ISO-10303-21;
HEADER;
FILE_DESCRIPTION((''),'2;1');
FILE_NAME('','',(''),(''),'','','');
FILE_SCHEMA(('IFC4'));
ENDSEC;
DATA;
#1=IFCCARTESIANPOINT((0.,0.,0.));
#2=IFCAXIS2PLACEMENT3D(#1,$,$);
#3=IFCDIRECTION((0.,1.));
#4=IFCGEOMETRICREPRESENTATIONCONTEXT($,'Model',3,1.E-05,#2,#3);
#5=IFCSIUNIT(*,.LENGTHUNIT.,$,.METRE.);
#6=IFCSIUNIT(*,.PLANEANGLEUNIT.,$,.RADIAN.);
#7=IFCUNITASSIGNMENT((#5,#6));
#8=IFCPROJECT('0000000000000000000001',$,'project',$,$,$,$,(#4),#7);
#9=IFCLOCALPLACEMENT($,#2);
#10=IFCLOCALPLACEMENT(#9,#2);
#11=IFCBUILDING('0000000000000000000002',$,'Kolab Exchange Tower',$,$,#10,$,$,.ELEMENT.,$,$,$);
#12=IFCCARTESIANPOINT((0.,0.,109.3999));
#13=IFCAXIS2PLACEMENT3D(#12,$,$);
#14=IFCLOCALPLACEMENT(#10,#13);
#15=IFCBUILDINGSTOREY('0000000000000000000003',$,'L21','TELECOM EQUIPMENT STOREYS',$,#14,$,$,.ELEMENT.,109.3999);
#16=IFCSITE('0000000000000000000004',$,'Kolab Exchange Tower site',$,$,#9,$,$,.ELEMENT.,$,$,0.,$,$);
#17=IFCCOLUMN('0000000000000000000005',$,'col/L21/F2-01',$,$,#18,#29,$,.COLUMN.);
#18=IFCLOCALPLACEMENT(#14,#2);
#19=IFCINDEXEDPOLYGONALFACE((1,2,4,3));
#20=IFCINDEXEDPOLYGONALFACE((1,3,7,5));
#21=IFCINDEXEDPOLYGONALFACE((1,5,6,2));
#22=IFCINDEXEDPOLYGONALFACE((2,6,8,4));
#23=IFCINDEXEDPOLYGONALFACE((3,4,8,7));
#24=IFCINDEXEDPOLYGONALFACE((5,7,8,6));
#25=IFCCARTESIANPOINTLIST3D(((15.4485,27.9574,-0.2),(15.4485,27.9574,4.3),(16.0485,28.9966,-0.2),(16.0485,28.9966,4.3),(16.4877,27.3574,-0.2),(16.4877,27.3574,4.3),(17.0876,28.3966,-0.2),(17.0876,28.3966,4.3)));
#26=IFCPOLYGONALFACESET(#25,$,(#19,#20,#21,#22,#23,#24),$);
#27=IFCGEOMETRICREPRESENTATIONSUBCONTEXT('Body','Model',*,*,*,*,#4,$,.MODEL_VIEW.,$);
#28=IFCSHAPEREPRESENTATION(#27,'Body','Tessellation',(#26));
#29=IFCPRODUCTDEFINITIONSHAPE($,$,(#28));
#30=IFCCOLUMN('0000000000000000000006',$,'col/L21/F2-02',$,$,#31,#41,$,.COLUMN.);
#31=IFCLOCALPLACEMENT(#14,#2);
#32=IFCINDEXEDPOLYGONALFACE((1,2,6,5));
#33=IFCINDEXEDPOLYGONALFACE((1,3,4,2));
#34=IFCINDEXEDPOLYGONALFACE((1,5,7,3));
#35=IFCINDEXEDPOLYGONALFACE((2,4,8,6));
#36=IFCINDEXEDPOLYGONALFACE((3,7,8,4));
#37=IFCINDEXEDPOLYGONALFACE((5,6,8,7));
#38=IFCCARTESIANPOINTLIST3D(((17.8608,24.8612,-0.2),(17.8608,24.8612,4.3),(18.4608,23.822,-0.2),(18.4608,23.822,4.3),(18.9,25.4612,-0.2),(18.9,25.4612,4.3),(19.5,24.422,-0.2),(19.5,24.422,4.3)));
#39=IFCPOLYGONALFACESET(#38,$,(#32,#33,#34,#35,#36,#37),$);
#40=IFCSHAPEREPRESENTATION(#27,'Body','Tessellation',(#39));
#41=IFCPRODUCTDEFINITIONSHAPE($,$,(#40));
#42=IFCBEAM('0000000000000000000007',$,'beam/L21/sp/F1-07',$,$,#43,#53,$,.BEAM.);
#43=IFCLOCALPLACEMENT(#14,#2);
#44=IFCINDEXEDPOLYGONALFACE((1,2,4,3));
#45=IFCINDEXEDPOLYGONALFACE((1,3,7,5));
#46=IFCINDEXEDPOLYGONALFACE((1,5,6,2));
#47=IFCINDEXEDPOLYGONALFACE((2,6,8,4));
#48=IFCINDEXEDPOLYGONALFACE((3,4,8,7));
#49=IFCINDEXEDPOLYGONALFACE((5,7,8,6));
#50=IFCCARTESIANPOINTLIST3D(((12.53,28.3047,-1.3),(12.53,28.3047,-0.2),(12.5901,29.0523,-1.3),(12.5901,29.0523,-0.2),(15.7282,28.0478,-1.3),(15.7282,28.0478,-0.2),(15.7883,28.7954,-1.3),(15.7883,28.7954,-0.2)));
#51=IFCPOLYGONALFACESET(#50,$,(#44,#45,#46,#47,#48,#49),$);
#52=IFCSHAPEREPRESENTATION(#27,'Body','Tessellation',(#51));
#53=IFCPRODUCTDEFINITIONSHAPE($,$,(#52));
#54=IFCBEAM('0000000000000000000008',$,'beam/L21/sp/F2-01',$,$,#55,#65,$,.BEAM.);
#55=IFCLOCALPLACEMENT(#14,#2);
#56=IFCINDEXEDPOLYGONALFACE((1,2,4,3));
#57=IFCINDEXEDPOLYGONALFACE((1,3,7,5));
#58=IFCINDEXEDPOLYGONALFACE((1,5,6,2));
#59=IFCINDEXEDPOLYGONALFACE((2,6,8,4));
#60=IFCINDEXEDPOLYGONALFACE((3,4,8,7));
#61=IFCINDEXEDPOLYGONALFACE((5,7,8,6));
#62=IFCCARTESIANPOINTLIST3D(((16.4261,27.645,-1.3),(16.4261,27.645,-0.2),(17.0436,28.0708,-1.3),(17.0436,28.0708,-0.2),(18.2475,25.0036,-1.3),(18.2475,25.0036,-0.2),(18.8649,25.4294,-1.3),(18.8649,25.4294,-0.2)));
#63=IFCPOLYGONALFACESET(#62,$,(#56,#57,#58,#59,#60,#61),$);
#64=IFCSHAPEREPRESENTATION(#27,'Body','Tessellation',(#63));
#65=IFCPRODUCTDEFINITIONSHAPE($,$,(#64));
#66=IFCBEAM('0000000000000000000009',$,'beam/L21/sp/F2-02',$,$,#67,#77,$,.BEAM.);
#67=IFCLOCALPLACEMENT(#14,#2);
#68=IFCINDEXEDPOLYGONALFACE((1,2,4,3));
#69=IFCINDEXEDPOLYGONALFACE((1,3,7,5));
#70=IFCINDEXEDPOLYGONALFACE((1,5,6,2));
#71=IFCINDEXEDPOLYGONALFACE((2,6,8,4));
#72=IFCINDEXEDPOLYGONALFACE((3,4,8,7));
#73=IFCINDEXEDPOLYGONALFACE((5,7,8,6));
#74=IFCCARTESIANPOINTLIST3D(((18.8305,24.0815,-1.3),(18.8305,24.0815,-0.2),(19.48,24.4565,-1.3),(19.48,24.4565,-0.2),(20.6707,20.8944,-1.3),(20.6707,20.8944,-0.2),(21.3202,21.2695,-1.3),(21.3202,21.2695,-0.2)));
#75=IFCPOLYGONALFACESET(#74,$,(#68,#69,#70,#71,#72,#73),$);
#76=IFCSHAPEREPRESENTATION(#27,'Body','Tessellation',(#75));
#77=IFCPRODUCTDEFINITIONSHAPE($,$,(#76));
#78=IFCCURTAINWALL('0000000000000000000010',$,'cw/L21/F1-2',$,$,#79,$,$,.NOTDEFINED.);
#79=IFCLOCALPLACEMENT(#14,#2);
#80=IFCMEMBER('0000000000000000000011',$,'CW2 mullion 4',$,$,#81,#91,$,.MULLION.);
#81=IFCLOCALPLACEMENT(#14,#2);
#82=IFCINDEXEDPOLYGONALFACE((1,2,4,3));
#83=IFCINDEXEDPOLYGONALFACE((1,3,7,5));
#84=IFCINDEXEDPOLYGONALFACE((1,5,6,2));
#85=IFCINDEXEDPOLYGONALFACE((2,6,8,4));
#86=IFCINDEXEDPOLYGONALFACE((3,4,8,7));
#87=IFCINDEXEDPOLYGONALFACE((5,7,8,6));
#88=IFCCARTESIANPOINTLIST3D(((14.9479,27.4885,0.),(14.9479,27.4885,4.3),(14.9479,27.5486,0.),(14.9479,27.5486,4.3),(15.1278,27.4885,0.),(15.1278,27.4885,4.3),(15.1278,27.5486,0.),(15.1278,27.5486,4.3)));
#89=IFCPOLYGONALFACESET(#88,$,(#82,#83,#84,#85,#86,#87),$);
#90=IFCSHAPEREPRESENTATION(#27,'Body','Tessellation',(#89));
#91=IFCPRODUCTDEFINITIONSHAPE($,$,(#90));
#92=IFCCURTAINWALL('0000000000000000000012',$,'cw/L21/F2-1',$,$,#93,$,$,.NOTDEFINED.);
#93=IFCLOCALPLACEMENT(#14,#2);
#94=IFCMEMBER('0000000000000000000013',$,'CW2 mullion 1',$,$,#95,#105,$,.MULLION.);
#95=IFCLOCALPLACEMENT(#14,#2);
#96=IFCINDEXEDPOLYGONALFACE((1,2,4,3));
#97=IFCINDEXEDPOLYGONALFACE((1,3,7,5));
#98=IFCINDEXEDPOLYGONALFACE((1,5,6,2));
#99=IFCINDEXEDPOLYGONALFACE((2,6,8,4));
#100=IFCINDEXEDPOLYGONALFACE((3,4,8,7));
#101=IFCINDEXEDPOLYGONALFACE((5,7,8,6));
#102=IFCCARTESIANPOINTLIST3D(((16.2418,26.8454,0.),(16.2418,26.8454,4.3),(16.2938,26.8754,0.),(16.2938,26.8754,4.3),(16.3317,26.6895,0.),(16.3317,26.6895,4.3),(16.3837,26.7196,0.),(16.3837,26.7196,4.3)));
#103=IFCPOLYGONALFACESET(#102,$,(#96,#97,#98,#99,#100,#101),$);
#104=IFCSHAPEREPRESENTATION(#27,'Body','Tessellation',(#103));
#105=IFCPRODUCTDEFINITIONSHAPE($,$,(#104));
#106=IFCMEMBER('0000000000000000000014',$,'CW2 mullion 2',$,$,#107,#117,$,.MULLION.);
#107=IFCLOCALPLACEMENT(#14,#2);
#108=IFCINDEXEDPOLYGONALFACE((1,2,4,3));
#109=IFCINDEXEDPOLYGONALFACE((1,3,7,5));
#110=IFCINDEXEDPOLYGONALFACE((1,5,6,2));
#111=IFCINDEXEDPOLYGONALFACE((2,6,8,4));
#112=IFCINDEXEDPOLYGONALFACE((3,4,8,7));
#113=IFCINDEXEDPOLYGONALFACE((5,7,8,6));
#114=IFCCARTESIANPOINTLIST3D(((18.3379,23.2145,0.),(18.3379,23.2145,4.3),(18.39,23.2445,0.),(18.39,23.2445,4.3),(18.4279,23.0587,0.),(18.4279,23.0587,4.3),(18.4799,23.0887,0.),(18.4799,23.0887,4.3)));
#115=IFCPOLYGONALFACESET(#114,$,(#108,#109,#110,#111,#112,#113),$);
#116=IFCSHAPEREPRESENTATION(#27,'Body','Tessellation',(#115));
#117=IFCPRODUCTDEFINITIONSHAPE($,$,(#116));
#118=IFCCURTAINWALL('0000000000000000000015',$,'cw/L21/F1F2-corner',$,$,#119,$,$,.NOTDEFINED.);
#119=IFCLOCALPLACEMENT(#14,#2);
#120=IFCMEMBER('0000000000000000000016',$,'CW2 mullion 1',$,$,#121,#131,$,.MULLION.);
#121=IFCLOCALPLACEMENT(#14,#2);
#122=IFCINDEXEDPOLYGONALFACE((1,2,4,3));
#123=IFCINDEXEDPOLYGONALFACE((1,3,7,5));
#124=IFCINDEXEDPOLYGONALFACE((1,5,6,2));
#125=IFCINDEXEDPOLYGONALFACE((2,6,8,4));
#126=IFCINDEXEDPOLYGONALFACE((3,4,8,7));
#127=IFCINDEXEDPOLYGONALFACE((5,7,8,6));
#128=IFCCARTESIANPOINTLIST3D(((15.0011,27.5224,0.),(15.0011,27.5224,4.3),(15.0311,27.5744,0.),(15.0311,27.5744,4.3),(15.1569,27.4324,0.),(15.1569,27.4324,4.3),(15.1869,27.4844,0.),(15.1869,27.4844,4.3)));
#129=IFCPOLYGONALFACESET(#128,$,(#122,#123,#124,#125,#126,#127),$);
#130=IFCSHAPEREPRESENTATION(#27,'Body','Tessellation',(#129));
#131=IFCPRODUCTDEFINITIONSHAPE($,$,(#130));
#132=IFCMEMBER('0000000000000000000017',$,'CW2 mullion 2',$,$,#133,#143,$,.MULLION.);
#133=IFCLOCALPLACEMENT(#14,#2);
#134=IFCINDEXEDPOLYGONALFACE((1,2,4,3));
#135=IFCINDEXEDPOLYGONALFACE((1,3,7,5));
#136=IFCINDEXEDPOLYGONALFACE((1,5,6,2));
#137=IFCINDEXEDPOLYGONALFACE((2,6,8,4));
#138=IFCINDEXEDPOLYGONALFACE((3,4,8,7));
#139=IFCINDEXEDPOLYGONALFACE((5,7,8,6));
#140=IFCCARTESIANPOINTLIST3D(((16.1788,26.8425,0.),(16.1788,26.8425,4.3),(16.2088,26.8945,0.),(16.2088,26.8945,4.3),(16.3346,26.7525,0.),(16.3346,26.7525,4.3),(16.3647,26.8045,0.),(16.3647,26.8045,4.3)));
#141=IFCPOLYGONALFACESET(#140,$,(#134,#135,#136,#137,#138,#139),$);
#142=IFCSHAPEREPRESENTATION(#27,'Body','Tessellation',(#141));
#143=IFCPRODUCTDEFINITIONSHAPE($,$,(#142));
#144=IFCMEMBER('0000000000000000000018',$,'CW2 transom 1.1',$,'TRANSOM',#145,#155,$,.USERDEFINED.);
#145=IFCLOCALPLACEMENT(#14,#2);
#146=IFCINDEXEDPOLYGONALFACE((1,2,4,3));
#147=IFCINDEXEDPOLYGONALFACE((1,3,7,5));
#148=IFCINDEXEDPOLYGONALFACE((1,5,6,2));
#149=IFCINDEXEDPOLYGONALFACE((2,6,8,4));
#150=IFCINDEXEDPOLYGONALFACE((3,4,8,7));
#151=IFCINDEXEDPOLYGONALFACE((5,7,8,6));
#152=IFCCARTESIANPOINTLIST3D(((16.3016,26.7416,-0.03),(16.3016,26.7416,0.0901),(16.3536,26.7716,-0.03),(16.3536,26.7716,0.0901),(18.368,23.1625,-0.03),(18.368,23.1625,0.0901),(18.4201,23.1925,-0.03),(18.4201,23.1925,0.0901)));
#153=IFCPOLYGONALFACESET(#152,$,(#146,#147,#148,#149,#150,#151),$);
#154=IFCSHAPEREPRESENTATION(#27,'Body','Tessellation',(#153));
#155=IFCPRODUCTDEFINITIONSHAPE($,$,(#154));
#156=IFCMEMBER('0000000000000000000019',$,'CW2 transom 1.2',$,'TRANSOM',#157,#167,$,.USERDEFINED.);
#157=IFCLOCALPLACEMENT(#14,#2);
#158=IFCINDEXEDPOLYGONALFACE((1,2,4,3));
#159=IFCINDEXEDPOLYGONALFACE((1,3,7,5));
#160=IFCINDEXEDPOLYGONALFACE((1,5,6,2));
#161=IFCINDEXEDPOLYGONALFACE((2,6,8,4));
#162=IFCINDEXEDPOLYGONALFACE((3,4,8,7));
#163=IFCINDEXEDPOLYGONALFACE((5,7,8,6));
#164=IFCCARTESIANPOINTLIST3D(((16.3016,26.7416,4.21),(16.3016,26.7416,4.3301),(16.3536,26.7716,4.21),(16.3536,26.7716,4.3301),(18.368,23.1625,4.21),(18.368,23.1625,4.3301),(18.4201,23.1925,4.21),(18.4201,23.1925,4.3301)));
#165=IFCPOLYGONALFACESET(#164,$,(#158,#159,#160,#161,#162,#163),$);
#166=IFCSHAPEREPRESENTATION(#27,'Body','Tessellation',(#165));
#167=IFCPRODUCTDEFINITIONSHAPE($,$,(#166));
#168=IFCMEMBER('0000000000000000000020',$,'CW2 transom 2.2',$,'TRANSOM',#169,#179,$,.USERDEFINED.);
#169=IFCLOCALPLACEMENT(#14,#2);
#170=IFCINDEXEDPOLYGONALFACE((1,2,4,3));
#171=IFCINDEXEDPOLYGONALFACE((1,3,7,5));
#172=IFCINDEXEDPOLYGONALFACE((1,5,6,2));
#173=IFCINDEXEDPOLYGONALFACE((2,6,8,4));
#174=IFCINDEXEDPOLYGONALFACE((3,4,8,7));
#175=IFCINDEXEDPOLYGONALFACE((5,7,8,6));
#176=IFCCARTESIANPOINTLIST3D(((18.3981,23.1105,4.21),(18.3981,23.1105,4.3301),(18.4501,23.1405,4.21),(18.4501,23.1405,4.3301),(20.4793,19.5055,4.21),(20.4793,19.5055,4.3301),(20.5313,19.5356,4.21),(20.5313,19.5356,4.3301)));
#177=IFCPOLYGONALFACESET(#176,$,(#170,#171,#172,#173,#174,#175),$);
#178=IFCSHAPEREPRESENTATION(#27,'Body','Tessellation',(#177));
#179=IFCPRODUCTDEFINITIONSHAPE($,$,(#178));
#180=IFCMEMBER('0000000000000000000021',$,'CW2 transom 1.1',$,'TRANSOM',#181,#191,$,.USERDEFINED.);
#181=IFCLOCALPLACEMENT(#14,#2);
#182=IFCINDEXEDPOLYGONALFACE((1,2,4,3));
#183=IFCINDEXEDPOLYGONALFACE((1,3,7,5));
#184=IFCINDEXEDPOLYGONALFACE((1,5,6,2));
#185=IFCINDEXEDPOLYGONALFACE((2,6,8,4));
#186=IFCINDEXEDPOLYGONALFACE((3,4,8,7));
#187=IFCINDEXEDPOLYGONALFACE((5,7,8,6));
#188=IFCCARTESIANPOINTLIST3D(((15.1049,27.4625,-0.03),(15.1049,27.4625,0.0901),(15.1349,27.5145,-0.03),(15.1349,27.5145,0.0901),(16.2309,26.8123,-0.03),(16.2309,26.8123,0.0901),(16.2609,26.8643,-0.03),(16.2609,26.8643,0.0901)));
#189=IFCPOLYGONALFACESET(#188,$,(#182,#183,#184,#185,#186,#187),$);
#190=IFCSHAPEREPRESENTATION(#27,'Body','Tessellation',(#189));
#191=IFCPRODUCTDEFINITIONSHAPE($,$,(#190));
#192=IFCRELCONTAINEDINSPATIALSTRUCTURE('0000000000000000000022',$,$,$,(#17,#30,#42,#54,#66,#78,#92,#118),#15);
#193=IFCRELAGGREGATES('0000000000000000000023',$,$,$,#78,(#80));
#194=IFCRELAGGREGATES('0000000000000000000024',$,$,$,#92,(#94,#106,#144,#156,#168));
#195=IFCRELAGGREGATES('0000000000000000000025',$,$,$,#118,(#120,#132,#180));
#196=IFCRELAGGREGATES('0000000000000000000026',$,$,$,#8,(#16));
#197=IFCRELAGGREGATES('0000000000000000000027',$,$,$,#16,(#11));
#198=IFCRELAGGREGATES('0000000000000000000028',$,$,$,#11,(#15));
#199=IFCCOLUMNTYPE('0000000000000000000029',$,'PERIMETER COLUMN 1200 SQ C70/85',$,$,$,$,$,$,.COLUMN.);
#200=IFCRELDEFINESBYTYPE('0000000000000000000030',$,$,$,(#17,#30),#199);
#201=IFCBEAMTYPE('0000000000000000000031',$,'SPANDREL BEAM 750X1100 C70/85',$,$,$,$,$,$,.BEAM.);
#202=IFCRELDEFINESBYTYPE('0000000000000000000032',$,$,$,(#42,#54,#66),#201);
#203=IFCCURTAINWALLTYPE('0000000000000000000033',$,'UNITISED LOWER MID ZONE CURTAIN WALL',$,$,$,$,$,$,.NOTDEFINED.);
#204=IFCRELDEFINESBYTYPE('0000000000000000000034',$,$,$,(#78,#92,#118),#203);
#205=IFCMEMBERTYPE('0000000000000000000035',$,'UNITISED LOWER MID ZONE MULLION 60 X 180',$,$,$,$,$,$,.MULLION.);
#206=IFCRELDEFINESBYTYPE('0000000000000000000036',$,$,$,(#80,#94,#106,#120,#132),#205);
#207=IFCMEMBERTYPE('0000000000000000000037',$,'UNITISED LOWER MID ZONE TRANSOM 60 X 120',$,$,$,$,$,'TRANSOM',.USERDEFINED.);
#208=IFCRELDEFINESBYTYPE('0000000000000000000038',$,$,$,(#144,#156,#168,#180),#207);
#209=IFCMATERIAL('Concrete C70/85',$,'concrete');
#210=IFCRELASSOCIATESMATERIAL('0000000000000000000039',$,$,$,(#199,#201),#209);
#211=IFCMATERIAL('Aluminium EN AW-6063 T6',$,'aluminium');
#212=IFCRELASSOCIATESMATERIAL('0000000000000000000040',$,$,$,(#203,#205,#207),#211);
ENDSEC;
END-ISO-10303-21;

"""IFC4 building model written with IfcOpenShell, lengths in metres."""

from ifc_helpers import new_model, si_unit, direction, frame, origin, origin_2d, place, context, subcontext, project, spatial, rectangle, extrude, material, material_profile, profile_set, type_object, element, aggregate, save


model = new_model("IFC4")

# Units and contexts
model_context = context("Model", 3, precision=1e-05, world=origin(), true_north=direction((0.0, 1.0)))
body_context = subcontext(model_context, "Body", "Model", "MODEL_VIEW")
ifc_project = project(units=[si_unit("LENGTHUNIT", "METRE"), si_unit("PLANEANGLEUNIT", "RADIAN")], contexts=[model_context])

# Site, building, storey
site_placement = place(None, origin())
site = spatial("IfcSite", under=ifc_project, at=site_placement, Name="Kolab Exchange Tower site", CompositionType="ELEMENT", RefElevation=0.0)
building_placement = place(site_placement, origin())
building = spatial("IfcBuilding", under=site, at=building_placement, Name="Kolab Exchange Tower", CompositionType="ELEMENT")
storey_placement = place(building_placement, frame((0.0, 0.0, 109.3999)))
storey = spatial("IfcBuildingStorey", under=building, at=storey_placement, Name="L21", Description="TELECOM EQUIPMENT STOREYS", CompositionType="ELEMENT", Elevation=109.3999)

# Columns
ifc_material_1 = material(Name="Concrete C70/85", Category="concrete")
ifc_material_profile_1 = material_profile(ifc_material_1, rectangle(XDim=1.2, YDim=1.2, at=origin_2d()), Name="RC1200")
ifc_profile_set_1 = profile_set([ifc_material_profile_1], Name="Concrete C70/85")
column_type = type_object("IfcColumnType", Name="PERIMETER COLUMN 1200 SQ C70/85", PredefinedType="COLUMN", material=ifc_profile_set_1)
for number, where, z_axis, x_axis, name in (
    (1, (16.2681, 28.177, -0.2), (0.0, 0.0, 1.0), (0.5, 0.866025, 0.0), "col/L21/F2-01"),
    (2, (18.6804, 24.6416, -0.2), (0.0, 0.0, 1.0), (0.866025, 0.5, 0.0), "col/L21/F2-02"),
):
    element("IfcColumn", number, at=place(storey_placement, frame(where, z_axis=z_axis, x_axis=x_axis)), inside=storey, type_object=column_type, Name=name, PredefinedType="COLUMN", context=body_context, shape_type="SweptSolid", body=[
        extrude(rectangle(XDim=1.2, YDim=1.2, at=origin_2d()), origin(), (0.0, 0.0, 1.0), 4.5),
    ])

# Beams
ifc_material_profile_2 = material_profile(ifc_material_1, rectangle(XDim=0.75, YDim=1.1001, at=origin_2d()), Name="RC750X1100")
ifc_profile_set_2 = profile_set([ifc_material_profile_2], Name="Concrete C70/85")
beam_type = type_object("IfcBeamType", Name="SPANDREL BEAM 750X1100 C70/85", PredefinedType="BEAM", material=ifc_profile_set_2)
for number, where, z_axis, x_axis, name in (
    (3, (12.5601, 28.6785, -0.75), (0.996791, -0.080048, 0.0), (0.080048, 0.996791, 0.0), "beam/L21/sp/F1-07"),
    (4, (16.7349, 27.8579, -0.75), (0.567662, -0.823262, 0.0), (0.823262, 0.567662, 0.0), "beam/L21/sp/F2-01"),
):
    element("IfcBeam", number, at=place(storey_placement, frame(where, z_axis=z_axis, x_axis=x_axis)), inside=storey, type_object=beam_type, Name=name, PredefinedType="BEAM", context=body_context, shape_type="SweptSolid", body=[
        extrude(rectangle(XDim=0.75, YDim=1.1001, at=origin_2d()), origin(), (0.0, 0.0, 1.0), 3.2085),
    ])
beam_placement = place(storey_placement, frame((19.1553, 24.269, -0.75), z_axis=(0.500013, -0.866018, 0.0), x_axis=(0.866018, 0.500013, 0.0)))
element("IfcBeam", 5, at=beam_placement, inside=storey, type_object=beam_type, Name="beam/L21/sp/F2-02", PredefinedType="BEAM", context=body_context, shape_type="SweptSolid", body=[
    extrude(rectangle(XDim=0.75, YDim=1.1001, at=origin_2d()), origin(), (0.0, 0.0, 1.0), 3.6802),
])

# Curtain wall, member
ifc_material_2 = material(Name="Aluminium EN AW-6063 T6", Category="aluminium")
curtain_wall_type = type_object("IfcCurtainWallType", Name="UNITISED LOWER MID ZONE CURTAIN WALL", PredefinedType="NOTDEFINED", material=ifc_material_2)
curtain_wall_1_placement = place(storey_placement, origin())
curtain_wall_1 = element("IfcCurtainWall", 6, at=curtain_wall_1_placement, inside=storey, type_object=curtain_wall_type, Name="cw/L21/F1-2", PredefinedType="NOTDEFINED")
ifc_material_profile_3 = material_profile(ifc_material_2, rectangle(XDim=0.0601, YDim=0.1799, at=origin_2d()), Name="RECT 60X180")
ifc_profile_set_3 = profile_set([ifc_material_profile_3], Name="Aluminium EN AW-6063 T6")
member_type_1 = type_object("IfcMemberType", Name="UNITISED LOWER MID ZONE MULLION 60 X 180", PredefinedType="MULLION", material=ifc_profile_set_3)
member_1_placement = place(storey_placement, frame((15.0378, 27.5186, 0.0), z_axis=(0.0, 0.0, 1.0), x_axis=(0.0, 1.0, 0.0)))
member_1 = element("IfcMember", 7, at=member_1_placement, type_object=member_type_1, Name="CW2 mullion 4", PredefinedType="MULLION", context=body_context, shape_type="SweptSolid", body=[
    extrude(rectangle(XDim=0.0601, YDim=0.1799, at=origin_2d()), origin(), (0.0, 0.0, 1.0), 4.3),
])

# Curtain walls, members
curtain_wall_2_placement = place(storey_placement, origin())
curtain_wall_2 = element("IfcCurtainWall", 8, at=curtain_wall_2_placement, inside=storey, type_object=curtain_wall_type, Name="cw/L21/F2-1", PredefinedType="NOTDEFINED")
member_2_placement = place(storey_placement, frame((16.3127, 26.7825, 0.0), z_axis=(0.0, 0.0, 1.0), x_axis=(0.866025, 0.5, 0.0)))
member_2 = element("IfcMember", 9, at=member_2_placement, type_object=member_type_1, Name="CW2 mullion 1", PredefinedType="MULLION", context=body_context, shape_type="SweptSolid", body=[
    extrude(rectangle(XDim=0.0601, YDim=0.1799, at=origin_2d()), origin(), (0.0, 0.0, 1.0), 4.3),
])
member_3_placement = place(storey_placement, frame((18.4089, 23.1516, 0.0), z_axis=(0.0, 0.0, 1.0), x_axis=(0.866025, 0.5, 0.0)))
member_3 = element("IfcMember", 10, at=member_3_placement, type_object=member_type_1, Name="CW2 mullion 2", PredefinedType="MULLION", context=body_context, shape_type="SweptSolid", body=[
    extrude(rectangle(XDim=0.0601, YDim=0.1799, at=origin_2d()), origin(), (0.0, 0.0, 1.0), 4.3),
])
curtain_wall_3_placement = place(storey_placement, origin())
curtain_wall_3 = element("IfcCurtainWall", 11, at=curtain_wall_3_placement, inside=storey, type_object=curtain_wall_type, Name="cw/L21/F1F2-corner", PredefinedType="NOTDEFINED")
member_4_placement = place(storey_placement, frame((15.094, 27.5034, 0.0), z_axis=(0.0, 0.0, 1.0), x_axis=(0.5, 0.866025, 0.0)))
member_4 = element("IfcMember", 12, at=member_4_placement, type_object=member_type_1, Name="CW2 mullion 1", PredefinedType="MULLION", context=body_context, shape_type="SweptSolid", body=[
    extrude(rectangle(XDim=0.0601, YDim=0.1799, at=origin_2d()), origin(), (0.0, 0.0, 1.0), 4.3),
])
member_5_placement = place(storey_placement, frame((16.2717, 26.8235, 0.0), z_axis=(0.0, 0.0, 1.0), x_axis=(0.5, 0.866025, 0.0)))
member_5 = element("IfcMember", 13, at=member_5_placement, type_object=member_type_1, Name="CW2 mullion 2", PredefinedType="MULLION", context=body_context, shape_type="SweptSolid", body=[
    extrude(rectangle(XDim=0.0601, YDim=0.1799, at=origin_2d()), origin(), (0.0, 0.0, 1.0), 4.3),
])

# Members
ifc_material_profile_4 = material_profile(ifc_material_2, rectangle(XDim=0.0601, YDim=0.1201, at=origin_2d()), Name="RECT 60X120")
ifc_profile_set_4 = profile_set([ifc_material_profile_4], Name="Aluminium EN AW-6063 T6")
member_type_2 = type_object("IfcMemberType", Name="UNITISED LOWER MID ZONE TRANSOM 60 X 120", ElementType="TRANSOM", PredefinedType="USERDEFINED", material=ifc_profile_set_4)
member_6_placement = place(storey_placement, frame((16.3276, 26.7566, 0.03), z_axis=(0.500002, -0.866024, 0.0), x_axis=(0.866024, 0.500002, 0.0)))
member_6 = element("IfcMember", 14, at=member_6_placement, type_object=member_type_2, Name="CW2 transom 1.1", ObjectType="TRANSOM", PredefinedType="USERDEFINED", context=body_context, shape_type="SweptSolid", body=[
    extrude(rectangle(XDim=0.0601, YDim=0.1201, at=origin_2d()), origin(), (0.0, 0.0, 1.0), 4.1328),
])
member_7_placement = place(storey_placement, frame((16.3276, 26.7566, 4.27), z_axis=(0.500002, -0.866024, 0.0), x_axis=(0.866024, 0.500002, 0.0)))
member_7 = element("IfcMember", 15, at=member_7_placement, type_object=member_type_2, Name="CW2 transom 1.2", ObjectType="TRANSOM", PredefinedType="USERDEFINED", context=body_context, shape_type="SweptSolid", body=[
    extrude(rectangle(XDim=0.0601, YDim=0.1201, at=origin_2d()), origin(), (0.0, 0.0, 1.0), 4.1328),
])
member_8_placement = place(storey_placement, frame((18.4241, 23.1255, 4.27), z_axis=(0.499993, -0.866029, 0.0), x_axis=(0.866029, 0.499993, 0.0)))
member_8 = element("IfcMember", 16, at=member_8_placement, type_object=member_type_2, Name="CW2 transom 2.2", ObjectType="TRANSOM", PredefinedType="USERDEFINED", context=body_context, shape_type="SweptSolid", body=[
    extrude(rectangle(XDim=0.0601, YDim=0.1201, at=origin_2d()), origin(), (0.0, 0.0, 1.0), 4.1626),
])
member_9_placement = place(storey_placement, frame((15.1199, 27.4885, 0.03), z_axis=(0.866004, -0.500037, 0.0), x_axis=(0.500037, 0.866004, 0.0)))
member_9 = element("IfcMember", 17, at=member_9_placement, type_object=member_type_2, Name="CW2 transom 1.1", ObjectType="TRANSOM", PredefinedType="USERDEFINED", context=body_context, shape_type="SweptSolid", body=[
    extrude(rectangle(XDim=0.0601, YDim=0.1201, at=origin_2d()), origin(), (0.0, 0.0, 1.0), 1.3003),
])

aggregate(curtain_wall_1, [member_1])
aggregate(curtain_wall_2, [member_2, member_3, member_6, member_7, member_8])
aggregate(curtain_wall_3, [member_4, member_5, member_9])

save(model, "model.ifc")
